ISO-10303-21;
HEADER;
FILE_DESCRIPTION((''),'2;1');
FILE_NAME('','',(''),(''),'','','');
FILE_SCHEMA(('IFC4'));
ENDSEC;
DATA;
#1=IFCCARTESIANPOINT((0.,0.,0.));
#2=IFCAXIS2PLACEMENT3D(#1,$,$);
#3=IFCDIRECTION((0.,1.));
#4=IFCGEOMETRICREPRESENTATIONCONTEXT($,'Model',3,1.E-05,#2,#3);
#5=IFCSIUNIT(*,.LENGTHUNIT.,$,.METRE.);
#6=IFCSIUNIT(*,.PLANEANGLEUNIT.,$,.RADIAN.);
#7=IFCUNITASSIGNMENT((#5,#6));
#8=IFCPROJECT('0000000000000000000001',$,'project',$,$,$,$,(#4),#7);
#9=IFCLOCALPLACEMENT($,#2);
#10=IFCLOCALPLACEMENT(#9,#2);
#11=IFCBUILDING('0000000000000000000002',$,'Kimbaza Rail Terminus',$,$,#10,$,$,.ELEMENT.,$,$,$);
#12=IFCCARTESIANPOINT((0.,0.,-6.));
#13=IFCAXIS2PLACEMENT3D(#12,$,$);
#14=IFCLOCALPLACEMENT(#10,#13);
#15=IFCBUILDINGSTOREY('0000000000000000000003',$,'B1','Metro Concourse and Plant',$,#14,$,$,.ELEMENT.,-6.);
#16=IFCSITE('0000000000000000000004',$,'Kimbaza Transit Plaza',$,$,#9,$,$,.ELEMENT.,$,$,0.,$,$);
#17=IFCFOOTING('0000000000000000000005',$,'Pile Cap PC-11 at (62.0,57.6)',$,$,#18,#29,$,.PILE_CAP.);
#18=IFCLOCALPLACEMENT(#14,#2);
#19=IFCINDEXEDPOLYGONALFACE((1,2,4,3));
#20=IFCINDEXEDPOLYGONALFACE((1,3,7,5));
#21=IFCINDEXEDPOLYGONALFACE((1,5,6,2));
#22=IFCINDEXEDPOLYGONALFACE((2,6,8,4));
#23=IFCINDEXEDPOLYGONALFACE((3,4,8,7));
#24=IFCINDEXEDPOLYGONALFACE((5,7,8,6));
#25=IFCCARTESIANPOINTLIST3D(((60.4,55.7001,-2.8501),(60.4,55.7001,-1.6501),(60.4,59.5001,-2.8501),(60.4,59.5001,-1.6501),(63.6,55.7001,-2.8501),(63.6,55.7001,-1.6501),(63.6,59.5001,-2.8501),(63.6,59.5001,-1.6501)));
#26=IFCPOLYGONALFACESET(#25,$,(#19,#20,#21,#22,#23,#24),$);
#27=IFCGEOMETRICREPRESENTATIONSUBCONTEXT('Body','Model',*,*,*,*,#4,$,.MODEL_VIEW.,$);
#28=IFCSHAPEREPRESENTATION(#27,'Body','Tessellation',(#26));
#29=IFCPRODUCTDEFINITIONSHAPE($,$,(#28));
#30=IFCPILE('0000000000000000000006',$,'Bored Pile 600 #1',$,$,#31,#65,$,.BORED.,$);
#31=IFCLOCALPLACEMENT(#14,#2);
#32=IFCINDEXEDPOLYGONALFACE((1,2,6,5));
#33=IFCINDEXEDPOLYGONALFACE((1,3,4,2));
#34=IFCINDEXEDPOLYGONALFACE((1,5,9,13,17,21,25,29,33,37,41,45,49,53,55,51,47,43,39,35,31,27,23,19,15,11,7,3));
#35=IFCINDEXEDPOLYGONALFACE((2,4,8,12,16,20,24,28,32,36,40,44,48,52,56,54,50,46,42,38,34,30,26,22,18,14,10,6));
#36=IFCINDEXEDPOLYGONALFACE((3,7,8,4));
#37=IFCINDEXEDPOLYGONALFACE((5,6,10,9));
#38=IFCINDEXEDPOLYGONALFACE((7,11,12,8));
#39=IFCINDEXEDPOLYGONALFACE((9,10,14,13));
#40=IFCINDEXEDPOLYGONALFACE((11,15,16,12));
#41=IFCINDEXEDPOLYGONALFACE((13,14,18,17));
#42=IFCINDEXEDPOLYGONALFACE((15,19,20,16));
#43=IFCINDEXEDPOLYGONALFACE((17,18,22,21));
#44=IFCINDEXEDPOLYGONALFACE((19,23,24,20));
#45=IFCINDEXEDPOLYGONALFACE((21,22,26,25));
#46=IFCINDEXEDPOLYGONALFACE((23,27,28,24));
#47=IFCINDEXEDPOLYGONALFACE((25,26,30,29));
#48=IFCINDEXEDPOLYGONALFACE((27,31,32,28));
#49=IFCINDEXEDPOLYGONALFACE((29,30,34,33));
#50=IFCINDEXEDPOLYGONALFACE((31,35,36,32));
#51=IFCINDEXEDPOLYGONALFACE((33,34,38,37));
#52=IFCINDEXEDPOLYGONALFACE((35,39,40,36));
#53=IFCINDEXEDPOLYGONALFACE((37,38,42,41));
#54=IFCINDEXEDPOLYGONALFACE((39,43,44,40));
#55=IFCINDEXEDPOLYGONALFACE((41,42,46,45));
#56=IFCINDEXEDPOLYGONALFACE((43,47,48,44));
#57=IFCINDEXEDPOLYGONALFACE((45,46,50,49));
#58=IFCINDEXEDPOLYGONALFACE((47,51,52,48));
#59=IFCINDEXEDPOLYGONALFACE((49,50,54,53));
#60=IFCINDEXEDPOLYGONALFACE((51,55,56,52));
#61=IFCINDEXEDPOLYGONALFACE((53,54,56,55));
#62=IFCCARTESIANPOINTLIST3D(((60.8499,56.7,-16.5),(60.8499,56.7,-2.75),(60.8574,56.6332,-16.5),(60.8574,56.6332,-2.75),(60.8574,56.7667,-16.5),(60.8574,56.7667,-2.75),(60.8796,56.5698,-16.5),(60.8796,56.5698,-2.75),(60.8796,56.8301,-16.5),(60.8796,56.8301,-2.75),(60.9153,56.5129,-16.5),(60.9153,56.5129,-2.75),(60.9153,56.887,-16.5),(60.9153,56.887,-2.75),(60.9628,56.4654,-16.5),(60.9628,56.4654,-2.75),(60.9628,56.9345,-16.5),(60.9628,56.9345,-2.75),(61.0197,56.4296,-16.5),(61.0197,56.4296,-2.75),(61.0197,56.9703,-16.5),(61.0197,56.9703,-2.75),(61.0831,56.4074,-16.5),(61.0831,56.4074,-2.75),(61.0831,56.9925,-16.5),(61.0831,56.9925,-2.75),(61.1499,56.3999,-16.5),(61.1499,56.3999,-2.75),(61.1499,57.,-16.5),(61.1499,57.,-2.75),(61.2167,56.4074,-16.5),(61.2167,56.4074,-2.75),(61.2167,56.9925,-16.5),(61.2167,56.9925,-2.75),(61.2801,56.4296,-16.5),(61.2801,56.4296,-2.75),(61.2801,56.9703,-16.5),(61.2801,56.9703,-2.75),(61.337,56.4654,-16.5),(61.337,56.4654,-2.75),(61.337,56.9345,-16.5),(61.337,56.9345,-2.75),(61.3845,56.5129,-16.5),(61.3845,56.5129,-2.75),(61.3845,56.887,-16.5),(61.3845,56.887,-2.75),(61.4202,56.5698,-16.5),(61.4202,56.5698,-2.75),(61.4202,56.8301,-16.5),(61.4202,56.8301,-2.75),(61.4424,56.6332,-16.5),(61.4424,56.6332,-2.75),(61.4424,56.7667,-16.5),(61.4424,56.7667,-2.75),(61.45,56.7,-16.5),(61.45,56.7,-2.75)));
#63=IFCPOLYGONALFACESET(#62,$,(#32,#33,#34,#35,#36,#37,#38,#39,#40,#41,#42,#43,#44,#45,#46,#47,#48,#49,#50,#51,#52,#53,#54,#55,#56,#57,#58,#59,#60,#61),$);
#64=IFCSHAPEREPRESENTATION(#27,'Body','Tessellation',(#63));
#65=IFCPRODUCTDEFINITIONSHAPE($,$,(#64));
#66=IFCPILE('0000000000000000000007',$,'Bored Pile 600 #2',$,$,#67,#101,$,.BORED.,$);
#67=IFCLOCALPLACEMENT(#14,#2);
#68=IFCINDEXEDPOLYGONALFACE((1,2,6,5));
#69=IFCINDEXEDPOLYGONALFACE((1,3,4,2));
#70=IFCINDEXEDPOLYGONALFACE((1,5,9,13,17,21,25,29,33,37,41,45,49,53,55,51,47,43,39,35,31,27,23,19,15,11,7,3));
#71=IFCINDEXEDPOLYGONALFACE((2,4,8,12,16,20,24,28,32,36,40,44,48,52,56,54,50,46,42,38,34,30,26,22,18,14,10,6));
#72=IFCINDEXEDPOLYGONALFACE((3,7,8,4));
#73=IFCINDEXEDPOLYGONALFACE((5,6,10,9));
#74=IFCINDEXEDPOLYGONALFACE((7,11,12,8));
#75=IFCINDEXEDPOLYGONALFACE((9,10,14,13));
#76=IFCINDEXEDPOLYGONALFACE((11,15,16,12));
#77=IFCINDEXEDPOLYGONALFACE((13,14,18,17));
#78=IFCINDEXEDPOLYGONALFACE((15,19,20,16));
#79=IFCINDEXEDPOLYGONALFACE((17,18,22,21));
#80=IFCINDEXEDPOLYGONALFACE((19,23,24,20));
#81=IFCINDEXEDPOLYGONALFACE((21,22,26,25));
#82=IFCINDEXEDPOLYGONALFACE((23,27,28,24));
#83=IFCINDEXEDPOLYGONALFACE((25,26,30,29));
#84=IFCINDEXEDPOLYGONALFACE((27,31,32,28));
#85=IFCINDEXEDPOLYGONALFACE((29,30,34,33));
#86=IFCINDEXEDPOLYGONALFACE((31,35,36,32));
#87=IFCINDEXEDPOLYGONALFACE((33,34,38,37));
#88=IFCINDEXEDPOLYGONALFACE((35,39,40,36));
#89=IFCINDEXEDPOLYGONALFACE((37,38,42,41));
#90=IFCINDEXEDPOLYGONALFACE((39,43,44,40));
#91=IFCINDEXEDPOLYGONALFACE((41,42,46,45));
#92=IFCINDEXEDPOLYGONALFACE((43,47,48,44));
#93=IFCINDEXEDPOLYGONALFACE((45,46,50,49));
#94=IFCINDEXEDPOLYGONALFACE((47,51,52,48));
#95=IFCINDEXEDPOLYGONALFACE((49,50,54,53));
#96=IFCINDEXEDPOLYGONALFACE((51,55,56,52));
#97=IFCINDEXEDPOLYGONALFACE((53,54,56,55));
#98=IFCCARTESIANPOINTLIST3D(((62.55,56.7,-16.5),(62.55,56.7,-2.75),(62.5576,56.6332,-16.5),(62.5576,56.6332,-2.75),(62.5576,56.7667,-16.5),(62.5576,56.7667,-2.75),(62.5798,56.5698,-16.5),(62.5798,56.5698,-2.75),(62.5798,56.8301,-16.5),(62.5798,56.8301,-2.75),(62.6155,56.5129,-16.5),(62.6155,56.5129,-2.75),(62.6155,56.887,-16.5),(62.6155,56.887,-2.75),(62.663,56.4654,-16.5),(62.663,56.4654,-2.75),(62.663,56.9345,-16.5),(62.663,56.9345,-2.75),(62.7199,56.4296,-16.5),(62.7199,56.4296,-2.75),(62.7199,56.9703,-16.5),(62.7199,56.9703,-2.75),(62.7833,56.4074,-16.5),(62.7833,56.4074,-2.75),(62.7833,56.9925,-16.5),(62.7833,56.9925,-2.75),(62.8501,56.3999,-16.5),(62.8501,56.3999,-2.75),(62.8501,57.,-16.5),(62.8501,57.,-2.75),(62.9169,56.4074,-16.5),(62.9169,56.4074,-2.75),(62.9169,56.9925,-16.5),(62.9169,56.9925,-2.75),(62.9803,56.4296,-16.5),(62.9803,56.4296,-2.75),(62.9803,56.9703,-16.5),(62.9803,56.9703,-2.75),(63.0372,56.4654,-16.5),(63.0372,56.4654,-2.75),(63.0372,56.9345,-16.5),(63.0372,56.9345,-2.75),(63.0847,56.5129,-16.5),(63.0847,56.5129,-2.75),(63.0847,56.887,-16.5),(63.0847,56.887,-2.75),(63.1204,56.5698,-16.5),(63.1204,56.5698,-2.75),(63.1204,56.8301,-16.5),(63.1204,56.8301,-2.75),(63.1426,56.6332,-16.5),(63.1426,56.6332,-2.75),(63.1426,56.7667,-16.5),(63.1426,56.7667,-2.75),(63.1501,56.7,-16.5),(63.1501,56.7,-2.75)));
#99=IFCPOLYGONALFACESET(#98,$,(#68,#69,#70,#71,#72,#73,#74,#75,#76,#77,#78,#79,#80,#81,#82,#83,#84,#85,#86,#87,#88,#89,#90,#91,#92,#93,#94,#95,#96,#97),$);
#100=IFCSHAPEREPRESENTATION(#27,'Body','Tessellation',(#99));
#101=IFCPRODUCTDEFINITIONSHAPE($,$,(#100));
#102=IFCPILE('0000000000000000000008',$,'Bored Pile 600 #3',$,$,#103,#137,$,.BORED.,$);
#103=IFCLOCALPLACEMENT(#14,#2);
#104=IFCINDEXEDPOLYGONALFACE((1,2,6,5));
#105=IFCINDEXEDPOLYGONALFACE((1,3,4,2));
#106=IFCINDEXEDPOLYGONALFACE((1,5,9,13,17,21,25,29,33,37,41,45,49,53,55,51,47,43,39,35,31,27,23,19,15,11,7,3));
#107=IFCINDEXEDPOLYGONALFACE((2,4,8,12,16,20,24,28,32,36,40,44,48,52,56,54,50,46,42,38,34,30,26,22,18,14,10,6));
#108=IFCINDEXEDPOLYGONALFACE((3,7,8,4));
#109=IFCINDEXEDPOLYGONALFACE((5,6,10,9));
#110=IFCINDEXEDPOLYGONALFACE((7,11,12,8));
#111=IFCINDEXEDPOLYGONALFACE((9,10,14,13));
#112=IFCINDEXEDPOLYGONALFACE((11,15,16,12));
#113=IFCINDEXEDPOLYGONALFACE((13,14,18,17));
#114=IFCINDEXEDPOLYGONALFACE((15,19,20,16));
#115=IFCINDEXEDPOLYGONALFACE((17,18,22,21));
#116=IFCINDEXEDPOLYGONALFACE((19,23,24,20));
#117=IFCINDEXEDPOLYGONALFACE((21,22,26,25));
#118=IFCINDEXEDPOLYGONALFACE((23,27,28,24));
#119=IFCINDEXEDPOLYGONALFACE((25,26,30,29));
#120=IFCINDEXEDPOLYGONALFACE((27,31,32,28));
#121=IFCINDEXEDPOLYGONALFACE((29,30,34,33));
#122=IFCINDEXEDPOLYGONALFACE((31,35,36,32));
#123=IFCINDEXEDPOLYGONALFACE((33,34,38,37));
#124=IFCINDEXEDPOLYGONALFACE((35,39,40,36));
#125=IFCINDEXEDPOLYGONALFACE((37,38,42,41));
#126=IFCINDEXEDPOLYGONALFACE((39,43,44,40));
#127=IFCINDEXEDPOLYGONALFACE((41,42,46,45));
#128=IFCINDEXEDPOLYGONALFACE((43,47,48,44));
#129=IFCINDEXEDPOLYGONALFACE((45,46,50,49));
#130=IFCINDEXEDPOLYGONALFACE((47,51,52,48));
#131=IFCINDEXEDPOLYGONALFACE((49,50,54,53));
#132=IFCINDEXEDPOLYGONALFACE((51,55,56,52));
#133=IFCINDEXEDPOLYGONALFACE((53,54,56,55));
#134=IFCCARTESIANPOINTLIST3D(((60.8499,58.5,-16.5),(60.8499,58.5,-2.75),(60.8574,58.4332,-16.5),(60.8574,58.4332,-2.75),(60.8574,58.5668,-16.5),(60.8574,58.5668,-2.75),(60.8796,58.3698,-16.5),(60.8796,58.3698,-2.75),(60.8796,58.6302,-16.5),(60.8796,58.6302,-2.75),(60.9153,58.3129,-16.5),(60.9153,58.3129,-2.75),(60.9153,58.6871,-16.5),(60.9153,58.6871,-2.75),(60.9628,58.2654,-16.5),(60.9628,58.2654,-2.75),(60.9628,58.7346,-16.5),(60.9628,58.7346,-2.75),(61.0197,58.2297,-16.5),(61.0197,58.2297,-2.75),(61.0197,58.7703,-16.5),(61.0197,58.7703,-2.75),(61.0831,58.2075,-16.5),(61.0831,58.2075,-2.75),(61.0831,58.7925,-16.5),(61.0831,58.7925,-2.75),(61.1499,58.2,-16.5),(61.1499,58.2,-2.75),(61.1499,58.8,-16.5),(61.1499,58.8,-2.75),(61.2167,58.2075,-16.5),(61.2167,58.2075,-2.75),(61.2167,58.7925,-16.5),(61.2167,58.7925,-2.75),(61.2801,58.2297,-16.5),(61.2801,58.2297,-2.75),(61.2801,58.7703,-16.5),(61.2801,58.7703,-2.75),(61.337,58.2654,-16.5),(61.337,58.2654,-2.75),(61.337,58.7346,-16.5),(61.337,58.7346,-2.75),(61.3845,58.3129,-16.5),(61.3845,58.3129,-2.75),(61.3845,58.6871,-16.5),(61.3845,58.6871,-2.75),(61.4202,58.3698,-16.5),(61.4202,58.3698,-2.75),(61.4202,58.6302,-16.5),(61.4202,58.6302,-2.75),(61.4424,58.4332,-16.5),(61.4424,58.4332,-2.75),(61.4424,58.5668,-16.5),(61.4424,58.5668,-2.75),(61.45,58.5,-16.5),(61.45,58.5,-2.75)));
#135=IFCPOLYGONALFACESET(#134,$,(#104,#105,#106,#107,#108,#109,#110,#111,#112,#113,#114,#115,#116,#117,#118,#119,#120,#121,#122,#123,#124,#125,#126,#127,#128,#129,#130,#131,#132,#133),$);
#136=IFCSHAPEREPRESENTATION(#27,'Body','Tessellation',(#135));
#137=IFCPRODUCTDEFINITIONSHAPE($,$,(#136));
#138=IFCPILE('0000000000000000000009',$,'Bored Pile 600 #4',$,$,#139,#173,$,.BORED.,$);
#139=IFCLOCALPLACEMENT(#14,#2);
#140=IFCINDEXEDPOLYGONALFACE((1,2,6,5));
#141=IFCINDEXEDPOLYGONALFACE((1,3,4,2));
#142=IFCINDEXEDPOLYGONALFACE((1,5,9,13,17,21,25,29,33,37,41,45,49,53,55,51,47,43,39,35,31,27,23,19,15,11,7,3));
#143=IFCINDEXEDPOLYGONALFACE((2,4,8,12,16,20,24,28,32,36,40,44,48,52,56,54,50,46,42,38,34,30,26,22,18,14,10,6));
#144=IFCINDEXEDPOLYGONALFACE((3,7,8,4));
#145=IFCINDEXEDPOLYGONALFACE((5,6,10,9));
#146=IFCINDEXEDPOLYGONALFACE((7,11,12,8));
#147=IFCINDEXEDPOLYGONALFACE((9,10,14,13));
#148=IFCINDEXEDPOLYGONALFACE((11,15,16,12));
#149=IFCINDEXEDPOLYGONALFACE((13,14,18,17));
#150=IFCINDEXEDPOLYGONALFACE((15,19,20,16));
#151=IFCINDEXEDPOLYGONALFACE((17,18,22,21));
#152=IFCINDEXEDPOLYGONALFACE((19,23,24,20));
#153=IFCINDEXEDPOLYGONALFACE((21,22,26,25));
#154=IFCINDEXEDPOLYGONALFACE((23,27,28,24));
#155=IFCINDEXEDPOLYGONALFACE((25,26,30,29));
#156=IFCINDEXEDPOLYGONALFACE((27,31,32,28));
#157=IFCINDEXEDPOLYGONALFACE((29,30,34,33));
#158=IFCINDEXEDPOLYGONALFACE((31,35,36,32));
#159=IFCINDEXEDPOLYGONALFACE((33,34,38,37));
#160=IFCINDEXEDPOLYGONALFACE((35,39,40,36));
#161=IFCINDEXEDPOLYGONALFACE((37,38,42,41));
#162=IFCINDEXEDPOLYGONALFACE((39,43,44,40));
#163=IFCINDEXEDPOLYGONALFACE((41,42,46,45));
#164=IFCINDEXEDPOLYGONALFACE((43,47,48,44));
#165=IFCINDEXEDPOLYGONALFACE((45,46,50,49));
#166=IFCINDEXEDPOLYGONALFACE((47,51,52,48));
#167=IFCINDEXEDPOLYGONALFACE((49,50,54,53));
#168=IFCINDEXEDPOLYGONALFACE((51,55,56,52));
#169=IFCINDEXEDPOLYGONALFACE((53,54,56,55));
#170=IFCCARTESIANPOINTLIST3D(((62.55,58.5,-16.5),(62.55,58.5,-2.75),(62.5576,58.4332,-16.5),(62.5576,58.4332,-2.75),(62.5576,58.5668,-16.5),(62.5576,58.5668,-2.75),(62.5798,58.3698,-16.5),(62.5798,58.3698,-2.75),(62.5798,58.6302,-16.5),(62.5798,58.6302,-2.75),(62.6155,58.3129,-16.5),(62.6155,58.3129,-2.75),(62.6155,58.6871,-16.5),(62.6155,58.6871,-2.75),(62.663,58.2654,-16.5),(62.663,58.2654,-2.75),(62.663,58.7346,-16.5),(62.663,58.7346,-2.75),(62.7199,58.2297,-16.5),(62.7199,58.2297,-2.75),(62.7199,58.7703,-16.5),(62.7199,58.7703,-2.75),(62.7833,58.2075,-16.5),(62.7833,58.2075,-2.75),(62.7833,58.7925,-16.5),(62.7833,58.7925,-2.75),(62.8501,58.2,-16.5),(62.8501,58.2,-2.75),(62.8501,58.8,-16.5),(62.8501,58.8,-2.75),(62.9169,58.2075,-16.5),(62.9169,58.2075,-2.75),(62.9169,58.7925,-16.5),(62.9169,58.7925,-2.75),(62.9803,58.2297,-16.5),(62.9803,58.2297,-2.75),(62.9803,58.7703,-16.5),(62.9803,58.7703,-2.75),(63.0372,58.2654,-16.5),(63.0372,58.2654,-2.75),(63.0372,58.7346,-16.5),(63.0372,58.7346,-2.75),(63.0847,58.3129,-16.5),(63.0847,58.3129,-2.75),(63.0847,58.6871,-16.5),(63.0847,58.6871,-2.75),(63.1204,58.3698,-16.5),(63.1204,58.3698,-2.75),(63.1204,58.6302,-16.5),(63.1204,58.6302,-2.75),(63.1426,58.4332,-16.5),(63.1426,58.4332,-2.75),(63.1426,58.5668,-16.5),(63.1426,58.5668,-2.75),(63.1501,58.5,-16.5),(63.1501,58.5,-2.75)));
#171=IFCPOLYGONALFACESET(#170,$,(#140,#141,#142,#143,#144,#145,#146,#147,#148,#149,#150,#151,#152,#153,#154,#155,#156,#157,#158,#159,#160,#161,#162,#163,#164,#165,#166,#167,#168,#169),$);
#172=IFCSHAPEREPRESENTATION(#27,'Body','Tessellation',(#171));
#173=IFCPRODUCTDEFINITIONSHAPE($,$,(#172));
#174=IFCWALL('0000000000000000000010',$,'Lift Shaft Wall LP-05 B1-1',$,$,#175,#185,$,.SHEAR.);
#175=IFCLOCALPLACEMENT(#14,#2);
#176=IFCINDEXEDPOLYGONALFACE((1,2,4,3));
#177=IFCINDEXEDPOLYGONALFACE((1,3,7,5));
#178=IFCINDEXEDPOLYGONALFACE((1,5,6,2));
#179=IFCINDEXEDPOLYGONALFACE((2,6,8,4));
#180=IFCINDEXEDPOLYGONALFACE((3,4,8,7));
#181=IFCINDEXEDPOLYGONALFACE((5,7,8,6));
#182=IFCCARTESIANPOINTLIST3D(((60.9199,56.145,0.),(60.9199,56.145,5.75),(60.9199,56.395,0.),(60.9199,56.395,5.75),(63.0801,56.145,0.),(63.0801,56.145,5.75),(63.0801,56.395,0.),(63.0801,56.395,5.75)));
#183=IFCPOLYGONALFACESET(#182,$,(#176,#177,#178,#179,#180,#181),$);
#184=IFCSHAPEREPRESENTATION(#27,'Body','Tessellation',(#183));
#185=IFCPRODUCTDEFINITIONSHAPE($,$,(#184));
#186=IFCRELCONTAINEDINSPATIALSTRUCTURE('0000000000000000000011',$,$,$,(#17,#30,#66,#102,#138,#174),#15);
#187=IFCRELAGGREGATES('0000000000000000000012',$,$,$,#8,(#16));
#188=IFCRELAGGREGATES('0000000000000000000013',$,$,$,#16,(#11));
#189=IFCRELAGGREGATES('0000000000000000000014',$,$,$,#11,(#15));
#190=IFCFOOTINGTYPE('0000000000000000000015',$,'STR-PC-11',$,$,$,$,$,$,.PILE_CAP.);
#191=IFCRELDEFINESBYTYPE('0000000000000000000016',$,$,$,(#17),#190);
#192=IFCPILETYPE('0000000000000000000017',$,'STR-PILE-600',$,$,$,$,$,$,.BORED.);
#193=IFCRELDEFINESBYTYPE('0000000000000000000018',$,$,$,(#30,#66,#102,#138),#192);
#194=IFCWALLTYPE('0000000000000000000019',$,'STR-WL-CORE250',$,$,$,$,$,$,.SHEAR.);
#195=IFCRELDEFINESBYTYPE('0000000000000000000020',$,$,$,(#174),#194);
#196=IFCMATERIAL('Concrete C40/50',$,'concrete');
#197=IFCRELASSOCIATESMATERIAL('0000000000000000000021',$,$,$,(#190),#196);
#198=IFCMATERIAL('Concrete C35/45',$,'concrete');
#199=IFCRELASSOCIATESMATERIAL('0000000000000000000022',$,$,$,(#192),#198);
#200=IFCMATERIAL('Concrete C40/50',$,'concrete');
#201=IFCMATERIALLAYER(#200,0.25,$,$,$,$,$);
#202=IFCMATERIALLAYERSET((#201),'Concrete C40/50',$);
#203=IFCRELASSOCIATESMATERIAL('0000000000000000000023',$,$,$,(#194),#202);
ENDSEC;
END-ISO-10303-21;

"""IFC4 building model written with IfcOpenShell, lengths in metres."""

from ifc_helpers import new_model, si_unit, direction, frame, frame_2d, origin, origin_2d, place, context, subcontext, project, spatial, rectangle, circle, extrude, material, layer, layer_set, material_profile, profile_set, type_object, element, save


model = new_model("IFC4")

# Units and contexts
model_context = context("Model", 3, precision=1e-05, world=origin(), true_north=direction((0.0, 1.0)))
body_context = subcontext(model_context, "Body", "Model", "MODEL_VIEW")
ifc_project = project(units=[si_unit("LENGTHUNIT", "METRE"), si_unit("PLANEANGLEUNIT", "RADIAN")], contexts=[model_context])

# Site, building, storey
site_placement = place(None, origin())
site = spatial("IfcSite", under=ifc_project, at=site_placement, Name="Kimbaza Transit Plaza", CompositionType="ELEMENT", RefElevation=0.0)
building_placement = place(site_placement, origin())
building = spatial("IfcBuilding", under=site, at=building_placement, Name="Kimbaza Rail Terminus", CompositionType="ELEMENT")
storey_placement = place(building_placement, frame((0.0, 0.0, -6.0)))
storey = spatial("IfcBuildingStorey", under=building, at=storey_placement, Name="B1", Description="Metro Concourse and Plant", CompositionType="ELEMENT", Elevation=-6.0)

# Footing
ifc_material_1 = material(Name="Concrete C40/50", Category="concrete")
footing_type = type_object("IfcFootingType", Name="STR-PC-11", PredefinedType="PILE_CAP", material=ifc_material_1)
footing_placement = place(storey_placement, frame((62.0, 57.6001, -2.8501), z_axis=(0.0, 0.0, 1.0), x_axis=(1.0, 0.0, 0.0)))
element("IfcFooting", 1, at=footing_placement, inside=storey, type_object=footing_type, Name="Pile Cap PC-11 at (62.0,57.6)", PredefinedType="PILE_CAP", context=body_context, shape_type="SweptSolid", body=[
    extrude(rectangle(XDim=3.2, YDim=3.8, at=origin_2d()), origin(), (0.0, 0.0, 1.0), 1.2),
])

# Piles
ifc_material_2 = material(Name="Concrete C35/45", Category="concrete")
ifc_material_profile = material_profile(ifc_material_2, circle(Radius=0.3, at=origin_2d()), Name="BORED PILE 600")
ifc_profile_set = profile_set([ifc_material_profile], Name="Concrete C35/45")
pile_type = type_object("IfcPileType", Name="STR-PILE-600", PredefinedType="BORED", material=ifc_profile_set)
for number, where, z_axis, x_axis, name in (
    (2, (61.1499, 56.7, -2.75), (0.0, 0.0, -1.0), (1.0, 0.0, 0.0), "Bored Pile 600 #1"),
    (3, (62.8501, 56.7, -2.75), (0.0, 0.0, -1.0), (1.0, 0.0, 0.0), "Bored Pile 600 #2"),
    (4, (61.1499, 58.5, -2.75), (0.0, 0.0, -1.0), (1.0, 0.0, 0.0), "Bored Pile 600 #3"),
    (5, (62.8501, 58.5, -2.75), (0.0, 0.0, -1.0), (1.0, 0.0, 0.0), "Bored Pile 600 #4"),
):
    element("IfcPile", number, at=place(storey_placement, frame(where, z_axis=z_axis, x_axis=x_axis)), inside=storey, type_object=pile_type, Name=name, PredefinedType="BORED", context=body_context, shape_type="SweptSolid", body=[
        extrude(circle(Radius=0.3, at=origin_2d()), origin(), (0.0, 0.0, 1.0), 13.75),
    ])

# Wall
ifc_material_3 = material(Name="Concrete C40/50", Category="concrete")
ifc_layer_1 = layer(ifc_material_3, 0.25)
ifc_layer_set_1 = layer_set([ifc_layer_1], Name="Concrete C40/50")
wall_type_1 = type_object("IfcWallType", Name="STR-WL-CORE250", PredefinedType="SHEAR", material=ifc_layer_set_1)
wall_1_placement = place(storey_placement, frame((60.9199, 56.27, 0.0), z_axis=(0.0, 0.0, 1.0), x_axis=(1.0, 0.0, 0.0)))
element("IfcWall", 6, at=wall_1_placement, inside=storey, type_object=wall_type_1, Name="Lift Shaft Wall LP-05 B1-1", PredefinedType="SHEAR", context=body_context, shape_type="SweptSolid", body=[
    extrude(rectangle(XDim=2.1602, YDim=0.25, at=frame_2d((1.0801, 0.0))), origin(), (0.0, 0.0, 1.0), 5.75),
])

save(model, "model.ifc")
